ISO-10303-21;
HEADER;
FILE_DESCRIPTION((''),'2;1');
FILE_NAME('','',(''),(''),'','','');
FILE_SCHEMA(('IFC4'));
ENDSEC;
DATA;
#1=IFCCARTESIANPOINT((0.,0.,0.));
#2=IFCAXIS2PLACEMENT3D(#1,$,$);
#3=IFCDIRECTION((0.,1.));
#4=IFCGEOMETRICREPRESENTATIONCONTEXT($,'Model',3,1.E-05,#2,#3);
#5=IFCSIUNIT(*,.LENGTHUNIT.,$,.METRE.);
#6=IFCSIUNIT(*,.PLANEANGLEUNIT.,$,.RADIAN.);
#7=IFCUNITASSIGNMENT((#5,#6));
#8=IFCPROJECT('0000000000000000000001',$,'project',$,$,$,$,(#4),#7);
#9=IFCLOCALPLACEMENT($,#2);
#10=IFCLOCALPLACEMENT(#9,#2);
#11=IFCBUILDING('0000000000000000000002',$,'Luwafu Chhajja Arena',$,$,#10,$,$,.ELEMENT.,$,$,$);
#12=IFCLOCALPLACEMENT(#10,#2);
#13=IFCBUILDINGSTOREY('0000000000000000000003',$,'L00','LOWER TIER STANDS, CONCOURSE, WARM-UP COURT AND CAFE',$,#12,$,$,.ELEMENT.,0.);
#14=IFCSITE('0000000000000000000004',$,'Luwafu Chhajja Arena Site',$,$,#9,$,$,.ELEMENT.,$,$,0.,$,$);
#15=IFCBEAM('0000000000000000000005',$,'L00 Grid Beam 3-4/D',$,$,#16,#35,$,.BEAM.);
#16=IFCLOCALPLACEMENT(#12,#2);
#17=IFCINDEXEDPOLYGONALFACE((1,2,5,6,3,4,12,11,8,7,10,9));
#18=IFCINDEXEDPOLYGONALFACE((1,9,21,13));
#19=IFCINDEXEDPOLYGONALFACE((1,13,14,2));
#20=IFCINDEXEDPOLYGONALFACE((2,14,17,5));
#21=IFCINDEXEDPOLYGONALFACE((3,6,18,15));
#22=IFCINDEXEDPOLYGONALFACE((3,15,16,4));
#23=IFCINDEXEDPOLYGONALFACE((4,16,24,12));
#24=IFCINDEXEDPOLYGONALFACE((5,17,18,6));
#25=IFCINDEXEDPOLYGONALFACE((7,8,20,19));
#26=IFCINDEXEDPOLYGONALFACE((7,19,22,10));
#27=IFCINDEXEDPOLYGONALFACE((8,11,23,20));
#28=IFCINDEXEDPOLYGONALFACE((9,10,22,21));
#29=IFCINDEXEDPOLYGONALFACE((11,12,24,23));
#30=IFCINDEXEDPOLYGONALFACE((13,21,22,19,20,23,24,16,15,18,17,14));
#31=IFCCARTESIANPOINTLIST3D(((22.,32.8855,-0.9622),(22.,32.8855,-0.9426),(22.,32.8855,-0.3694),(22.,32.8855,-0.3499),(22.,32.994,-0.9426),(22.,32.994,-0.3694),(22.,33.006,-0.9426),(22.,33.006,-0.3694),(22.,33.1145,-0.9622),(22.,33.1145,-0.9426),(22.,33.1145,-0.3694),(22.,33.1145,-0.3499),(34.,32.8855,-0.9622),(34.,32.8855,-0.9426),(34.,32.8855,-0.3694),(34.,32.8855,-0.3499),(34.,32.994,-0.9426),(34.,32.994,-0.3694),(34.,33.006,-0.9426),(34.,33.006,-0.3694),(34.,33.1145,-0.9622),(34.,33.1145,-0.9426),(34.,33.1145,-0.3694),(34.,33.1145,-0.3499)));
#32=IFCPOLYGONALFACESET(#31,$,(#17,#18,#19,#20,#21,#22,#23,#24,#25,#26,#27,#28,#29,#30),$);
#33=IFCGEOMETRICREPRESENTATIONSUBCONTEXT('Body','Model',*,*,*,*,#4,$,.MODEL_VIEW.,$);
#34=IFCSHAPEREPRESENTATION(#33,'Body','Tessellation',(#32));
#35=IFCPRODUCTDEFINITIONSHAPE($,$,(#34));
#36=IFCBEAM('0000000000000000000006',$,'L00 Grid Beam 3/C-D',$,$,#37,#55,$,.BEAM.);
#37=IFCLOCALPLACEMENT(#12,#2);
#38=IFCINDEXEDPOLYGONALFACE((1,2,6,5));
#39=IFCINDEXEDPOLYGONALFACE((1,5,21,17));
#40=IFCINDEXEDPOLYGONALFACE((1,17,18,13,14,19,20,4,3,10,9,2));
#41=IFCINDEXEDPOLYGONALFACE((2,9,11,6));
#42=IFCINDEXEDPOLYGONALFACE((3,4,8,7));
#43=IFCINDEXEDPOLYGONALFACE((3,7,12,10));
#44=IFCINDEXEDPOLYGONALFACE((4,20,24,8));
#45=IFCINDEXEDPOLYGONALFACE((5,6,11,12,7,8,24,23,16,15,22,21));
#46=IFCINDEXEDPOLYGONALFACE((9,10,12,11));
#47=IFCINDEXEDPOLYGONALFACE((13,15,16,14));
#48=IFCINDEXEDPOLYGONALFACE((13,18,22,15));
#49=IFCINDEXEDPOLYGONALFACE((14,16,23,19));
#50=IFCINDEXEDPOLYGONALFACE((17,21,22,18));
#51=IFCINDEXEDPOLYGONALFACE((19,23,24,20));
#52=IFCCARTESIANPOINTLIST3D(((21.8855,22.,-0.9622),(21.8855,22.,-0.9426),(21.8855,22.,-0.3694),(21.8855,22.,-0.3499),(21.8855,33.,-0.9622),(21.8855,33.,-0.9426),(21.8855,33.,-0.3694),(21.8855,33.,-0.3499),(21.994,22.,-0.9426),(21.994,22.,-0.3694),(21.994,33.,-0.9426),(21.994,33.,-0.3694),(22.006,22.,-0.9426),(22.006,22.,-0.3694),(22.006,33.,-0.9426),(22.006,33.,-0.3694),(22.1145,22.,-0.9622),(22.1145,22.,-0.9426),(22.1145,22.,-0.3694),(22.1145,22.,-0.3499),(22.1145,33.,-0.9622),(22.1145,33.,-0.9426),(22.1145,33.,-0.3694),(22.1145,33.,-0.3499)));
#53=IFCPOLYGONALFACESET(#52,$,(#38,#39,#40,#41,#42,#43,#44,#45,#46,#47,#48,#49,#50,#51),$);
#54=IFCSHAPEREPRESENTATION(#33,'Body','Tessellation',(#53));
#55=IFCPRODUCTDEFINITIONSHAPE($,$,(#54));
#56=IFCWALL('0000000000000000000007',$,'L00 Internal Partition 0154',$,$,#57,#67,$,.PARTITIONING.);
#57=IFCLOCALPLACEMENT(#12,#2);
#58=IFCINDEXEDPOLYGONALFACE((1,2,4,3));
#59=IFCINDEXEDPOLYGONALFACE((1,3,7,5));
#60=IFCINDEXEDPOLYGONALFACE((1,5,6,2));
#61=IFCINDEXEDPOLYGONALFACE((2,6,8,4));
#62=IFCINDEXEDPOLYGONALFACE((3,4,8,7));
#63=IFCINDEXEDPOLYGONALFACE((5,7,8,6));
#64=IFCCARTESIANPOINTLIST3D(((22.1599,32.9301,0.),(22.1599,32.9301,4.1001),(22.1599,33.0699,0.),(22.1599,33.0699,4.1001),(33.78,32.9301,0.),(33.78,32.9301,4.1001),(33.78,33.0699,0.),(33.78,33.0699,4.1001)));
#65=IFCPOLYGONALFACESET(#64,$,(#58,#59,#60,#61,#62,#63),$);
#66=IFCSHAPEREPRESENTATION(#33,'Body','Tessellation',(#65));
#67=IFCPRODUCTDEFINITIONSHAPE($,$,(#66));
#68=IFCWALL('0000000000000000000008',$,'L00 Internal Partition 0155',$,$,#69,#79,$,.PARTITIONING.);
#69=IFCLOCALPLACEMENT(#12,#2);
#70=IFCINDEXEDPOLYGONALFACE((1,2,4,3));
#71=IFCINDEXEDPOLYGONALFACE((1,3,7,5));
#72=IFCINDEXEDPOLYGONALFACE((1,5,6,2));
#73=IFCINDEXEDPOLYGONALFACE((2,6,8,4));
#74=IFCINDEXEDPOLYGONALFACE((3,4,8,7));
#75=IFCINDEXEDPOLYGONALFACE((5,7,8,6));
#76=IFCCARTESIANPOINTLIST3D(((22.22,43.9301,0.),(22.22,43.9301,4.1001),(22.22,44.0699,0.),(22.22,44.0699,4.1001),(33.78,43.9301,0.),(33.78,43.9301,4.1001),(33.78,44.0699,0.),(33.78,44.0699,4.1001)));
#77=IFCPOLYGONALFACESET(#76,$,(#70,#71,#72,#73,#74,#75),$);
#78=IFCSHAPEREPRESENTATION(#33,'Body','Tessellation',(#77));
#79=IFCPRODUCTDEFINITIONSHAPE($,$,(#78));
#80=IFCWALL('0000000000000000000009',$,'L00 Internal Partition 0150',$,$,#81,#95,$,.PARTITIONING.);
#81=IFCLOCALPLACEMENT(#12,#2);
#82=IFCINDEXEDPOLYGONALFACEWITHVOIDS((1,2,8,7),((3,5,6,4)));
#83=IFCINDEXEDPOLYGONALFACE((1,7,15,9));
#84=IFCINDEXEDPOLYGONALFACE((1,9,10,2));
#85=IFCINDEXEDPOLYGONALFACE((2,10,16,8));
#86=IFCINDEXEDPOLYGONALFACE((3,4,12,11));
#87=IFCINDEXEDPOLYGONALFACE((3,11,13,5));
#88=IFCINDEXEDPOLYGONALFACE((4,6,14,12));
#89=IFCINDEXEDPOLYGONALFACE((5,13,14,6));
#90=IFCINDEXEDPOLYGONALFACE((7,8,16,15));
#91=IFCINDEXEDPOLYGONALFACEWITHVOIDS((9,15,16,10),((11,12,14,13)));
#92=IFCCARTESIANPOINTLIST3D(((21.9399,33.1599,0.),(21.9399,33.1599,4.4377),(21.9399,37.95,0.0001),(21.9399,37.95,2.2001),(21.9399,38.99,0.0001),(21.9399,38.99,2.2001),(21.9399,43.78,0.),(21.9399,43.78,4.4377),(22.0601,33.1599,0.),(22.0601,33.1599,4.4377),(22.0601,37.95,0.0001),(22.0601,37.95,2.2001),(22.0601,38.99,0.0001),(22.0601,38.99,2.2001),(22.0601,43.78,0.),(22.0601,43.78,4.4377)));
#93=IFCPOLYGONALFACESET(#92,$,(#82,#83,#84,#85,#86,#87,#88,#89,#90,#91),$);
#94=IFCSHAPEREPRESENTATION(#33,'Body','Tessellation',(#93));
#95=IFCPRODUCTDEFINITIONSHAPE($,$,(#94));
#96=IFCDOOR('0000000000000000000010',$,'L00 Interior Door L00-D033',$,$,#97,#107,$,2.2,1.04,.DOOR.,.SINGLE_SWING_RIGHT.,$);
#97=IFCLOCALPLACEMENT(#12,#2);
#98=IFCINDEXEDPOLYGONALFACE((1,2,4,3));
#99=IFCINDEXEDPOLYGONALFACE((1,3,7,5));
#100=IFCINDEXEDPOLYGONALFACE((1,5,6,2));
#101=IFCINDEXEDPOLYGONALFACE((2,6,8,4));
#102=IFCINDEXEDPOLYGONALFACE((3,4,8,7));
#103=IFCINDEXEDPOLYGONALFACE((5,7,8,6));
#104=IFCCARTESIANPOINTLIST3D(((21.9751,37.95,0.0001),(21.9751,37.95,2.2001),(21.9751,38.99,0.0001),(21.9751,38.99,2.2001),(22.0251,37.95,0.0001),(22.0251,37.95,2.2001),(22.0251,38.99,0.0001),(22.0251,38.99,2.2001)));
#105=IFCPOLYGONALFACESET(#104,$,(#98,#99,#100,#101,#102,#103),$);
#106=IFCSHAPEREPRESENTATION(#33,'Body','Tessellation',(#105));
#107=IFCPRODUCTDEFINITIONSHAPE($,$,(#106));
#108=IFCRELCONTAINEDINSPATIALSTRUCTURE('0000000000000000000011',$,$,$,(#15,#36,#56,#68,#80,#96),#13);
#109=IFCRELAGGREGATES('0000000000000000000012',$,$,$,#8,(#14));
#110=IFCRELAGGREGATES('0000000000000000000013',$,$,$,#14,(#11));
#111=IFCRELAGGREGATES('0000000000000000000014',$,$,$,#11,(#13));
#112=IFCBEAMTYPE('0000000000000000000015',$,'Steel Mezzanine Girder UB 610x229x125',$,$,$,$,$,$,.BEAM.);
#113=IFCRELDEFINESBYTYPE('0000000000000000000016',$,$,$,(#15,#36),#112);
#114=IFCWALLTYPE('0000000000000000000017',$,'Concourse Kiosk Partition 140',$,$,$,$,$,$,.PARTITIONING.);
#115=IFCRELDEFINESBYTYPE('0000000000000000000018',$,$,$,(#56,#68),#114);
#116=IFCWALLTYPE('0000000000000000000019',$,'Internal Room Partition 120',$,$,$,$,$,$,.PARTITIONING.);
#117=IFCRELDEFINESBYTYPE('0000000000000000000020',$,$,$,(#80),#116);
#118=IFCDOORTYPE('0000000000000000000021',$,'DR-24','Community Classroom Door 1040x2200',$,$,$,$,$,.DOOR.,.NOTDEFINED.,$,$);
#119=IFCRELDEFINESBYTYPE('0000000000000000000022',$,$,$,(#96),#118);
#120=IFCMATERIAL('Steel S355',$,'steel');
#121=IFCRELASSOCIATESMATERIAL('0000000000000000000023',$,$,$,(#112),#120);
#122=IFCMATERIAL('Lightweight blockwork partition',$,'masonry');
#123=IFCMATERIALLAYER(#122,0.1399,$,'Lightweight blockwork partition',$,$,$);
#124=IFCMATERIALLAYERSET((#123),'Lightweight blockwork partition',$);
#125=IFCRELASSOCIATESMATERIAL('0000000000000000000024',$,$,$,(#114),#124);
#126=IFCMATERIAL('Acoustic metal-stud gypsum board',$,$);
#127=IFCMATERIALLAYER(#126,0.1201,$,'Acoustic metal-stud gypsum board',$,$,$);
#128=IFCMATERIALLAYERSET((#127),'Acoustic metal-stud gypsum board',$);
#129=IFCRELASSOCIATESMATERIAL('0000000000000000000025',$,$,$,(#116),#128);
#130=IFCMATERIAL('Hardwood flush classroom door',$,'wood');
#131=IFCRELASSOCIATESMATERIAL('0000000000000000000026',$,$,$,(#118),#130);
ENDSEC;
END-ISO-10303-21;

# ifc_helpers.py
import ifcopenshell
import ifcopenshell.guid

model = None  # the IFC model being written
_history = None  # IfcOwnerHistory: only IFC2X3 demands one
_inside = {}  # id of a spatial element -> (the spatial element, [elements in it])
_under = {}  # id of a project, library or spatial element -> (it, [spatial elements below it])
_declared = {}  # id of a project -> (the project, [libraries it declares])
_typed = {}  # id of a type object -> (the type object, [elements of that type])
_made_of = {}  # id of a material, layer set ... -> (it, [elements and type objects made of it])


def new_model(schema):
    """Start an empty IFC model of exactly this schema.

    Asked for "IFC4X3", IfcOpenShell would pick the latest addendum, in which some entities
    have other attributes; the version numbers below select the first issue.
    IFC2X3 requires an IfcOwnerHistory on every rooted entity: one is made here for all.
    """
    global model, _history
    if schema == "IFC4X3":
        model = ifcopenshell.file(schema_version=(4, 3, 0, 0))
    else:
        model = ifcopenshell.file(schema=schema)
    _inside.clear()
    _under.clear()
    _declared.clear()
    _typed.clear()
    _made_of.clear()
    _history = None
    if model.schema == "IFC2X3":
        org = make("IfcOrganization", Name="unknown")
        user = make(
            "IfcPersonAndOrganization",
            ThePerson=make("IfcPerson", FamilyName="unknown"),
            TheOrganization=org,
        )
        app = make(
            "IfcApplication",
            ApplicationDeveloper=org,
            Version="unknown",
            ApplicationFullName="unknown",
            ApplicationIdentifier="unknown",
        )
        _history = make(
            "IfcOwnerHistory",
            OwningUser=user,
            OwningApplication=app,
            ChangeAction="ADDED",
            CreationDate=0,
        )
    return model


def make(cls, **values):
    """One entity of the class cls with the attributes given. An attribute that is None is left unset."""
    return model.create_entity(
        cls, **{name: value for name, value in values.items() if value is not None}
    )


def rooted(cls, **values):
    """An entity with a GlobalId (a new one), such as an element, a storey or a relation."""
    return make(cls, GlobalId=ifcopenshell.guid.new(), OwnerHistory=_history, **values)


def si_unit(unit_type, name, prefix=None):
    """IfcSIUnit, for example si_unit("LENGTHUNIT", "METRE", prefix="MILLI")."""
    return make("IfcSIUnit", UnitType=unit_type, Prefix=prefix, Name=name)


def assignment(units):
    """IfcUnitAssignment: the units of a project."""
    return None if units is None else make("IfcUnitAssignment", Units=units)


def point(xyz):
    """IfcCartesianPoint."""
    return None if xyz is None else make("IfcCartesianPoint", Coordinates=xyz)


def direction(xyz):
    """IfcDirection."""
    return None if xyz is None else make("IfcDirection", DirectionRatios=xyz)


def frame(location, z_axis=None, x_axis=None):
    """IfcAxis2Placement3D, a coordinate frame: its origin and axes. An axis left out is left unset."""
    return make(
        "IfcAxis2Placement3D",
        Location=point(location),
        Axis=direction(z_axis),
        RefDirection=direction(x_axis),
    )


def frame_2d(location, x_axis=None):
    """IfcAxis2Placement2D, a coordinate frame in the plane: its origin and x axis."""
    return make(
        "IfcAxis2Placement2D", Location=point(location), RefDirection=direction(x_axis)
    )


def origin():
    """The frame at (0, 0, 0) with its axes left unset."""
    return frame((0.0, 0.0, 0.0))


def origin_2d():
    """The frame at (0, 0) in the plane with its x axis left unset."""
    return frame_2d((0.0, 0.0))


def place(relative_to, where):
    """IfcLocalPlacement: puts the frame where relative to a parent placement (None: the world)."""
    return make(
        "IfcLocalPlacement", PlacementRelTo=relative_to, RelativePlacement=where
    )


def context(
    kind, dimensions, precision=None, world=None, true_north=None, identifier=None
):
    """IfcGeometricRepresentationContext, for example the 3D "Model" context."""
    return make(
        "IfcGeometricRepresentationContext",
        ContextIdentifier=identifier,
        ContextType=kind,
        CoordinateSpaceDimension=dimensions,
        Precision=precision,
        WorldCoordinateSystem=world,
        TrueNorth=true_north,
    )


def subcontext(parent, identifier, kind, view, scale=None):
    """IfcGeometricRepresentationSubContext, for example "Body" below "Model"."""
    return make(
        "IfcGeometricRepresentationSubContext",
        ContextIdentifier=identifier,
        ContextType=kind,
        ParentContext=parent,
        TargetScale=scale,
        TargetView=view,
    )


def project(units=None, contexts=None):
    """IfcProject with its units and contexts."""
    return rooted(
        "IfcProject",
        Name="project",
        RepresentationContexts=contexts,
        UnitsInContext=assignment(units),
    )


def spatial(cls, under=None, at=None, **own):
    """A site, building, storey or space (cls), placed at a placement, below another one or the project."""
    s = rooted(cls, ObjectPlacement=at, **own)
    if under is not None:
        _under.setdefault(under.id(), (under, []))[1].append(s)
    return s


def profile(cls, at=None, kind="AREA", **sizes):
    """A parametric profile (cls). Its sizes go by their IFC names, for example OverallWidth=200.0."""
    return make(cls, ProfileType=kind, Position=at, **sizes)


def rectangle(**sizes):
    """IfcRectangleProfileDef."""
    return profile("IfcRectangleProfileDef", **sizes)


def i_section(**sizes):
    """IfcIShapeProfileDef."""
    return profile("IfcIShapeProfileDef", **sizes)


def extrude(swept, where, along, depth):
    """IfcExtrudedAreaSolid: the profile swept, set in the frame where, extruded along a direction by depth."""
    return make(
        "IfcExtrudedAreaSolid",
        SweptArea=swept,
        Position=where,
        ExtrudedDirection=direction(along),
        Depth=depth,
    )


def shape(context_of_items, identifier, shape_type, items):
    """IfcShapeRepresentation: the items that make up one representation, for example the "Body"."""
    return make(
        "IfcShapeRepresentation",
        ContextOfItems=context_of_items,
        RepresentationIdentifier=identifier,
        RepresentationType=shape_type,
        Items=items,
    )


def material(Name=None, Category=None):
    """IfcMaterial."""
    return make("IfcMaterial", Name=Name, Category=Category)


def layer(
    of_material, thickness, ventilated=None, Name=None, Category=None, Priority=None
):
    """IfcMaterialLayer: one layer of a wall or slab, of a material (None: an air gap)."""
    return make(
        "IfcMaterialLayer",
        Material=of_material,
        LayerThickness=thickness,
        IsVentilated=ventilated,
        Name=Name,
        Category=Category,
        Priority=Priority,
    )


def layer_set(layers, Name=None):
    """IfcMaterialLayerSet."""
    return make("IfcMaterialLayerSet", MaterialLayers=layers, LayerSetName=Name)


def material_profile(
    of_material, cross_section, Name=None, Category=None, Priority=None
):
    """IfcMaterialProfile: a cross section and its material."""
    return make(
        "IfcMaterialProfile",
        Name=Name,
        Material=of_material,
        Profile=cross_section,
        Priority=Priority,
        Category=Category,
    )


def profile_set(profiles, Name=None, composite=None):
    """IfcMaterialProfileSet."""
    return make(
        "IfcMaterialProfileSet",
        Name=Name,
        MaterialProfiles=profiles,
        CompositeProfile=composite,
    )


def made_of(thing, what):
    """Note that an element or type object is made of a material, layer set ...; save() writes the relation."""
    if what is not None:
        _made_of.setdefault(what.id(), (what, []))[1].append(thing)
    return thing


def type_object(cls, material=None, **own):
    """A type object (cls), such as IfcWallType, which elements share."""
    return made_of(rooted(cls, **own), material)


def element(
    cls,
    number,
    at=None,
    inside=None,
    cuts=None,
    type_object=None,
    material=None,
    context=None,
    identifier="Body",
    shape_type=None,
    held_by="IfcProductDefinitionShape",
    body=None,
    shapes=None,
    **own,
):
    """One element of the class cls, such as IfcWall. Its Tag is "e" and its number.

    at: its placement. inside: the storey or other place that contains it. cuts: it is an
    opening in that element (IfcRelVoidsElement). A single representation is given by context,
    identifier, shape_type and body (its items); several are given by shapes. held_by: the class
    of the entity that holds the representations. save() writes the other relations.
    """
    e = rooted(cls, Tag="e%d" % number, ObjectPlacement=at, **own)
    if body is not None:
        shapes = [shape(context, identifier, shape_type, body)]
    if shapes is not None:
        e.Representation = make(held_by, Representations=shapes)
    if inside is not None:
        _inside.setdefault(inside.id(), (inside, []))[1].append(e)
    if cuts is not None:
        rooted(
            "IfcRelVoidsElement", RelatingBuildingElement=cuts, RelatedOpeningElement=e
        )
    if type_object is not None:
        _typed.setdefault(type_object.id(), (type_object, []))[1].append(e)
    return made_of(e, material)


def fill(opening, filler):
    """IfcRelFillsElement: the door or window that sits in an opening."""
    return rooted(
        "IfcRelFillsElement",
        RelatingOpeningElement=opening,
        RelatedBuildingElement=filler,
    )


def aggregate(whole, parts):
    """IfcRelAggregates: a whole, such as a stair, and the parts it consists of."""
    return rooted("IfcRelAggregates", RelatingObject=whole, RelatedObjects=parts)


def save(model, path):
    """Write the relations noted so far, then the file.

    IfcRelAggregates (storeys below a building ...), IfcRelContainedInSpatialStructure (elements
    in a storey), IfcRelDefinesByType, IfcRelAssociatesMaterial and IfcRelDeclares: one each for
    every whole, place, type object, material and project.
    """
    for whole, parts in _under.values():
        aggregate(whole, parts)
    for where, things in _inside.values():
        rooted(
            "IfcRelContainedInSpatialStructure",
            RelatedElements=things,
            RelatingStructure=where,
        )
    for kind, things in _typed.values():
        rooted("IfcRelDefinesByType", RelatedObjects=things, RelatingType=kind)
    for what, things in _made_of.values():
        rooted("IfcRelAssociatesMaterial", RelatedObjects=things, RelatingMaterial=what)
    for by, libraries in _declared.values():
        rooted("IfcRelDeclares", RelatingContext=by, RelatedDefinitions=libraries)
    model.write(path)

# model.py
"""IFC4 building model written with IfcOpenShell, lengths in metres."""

from ifc_helpers import new_model, si_unit, direction, frame, frame_2d, origin, origin_2d, place, context, subcontext, project, spatial, rectangle, i_section, extrude, material, layer, layer_set, material_profile, profile_set, type_object, element, fill, save


model = new_model("IFC4")

# Units and contexts
model_context = context("Model", 3, precision=1e-05, world=origin(), true_north=direction((0.0, 1.0)))
body_context = subcontext(model_context, "Body", "Model", "MODEL_VIEW")
ifc_project = project(units=[si_unit("LENGTHUNIT", "METRE"), si_unit("PLANEANGLEUNIT", "RADIAN")], contexts=[model_context])

# Site, building, storey
site_placement = place(None, origin())
site = spatial("IfcSite", under=ifc_project, at=site_placement, Name="Luwafu Chhajja Arena Site", CompositionType="ELEMENT", RefElevation=0.0)
building_placement = place(site_placement, origin())
building = spatial("IfcBuilding", under=site, at=building_placement, Name="Luwafu Chhajja Arena", CompositionType="ELEMENT")
storey_placement = place(building_placement, origin())
storey = spatial("IfcBuildingStorey", under=building, at=storey_placement, Name="L00", Description="LOWER TIER STANDS, CONCOURSE, WARM-UP COURT AND CAFE", CompositionType="ELEMENT", Elevation=0.0)

# Shared definitions
ifc_material_1 = material(Name="Steel S355", Category="steel")

# Beams
ifc_material_profile_1 = material_profile(ifc_material_1, i_section(OverallWidth=0.229, OverallDepth=0.6123, WebThickness=0.012, FlangeThickness=0.0195, at=origin_2d()), Name="UB 610x229x125")
ifc_profile_set_1 = profile_set([ifc_material_profile_1], Name="Steel S355")
beam_type_1 = type_object("IfcBeamType", Name="Steel Mezzanine Girder UB 610x229x125", PredefinedType="BEAM", material=ifc_profile_set_1)
beam_1_placement = place(storey_placement, frame((22.0, 33.0, -0.656), z_axis=(1.0, 0.0, 0.0), x_axis=(0.0, 1.0, 0.0)))
element("IfcBeam", 1, at=beam_1_placement, inside=storey, type_object=beam_type_1, Name="L00 Grid Beam 3-4/D", PredefinedType="BEAM", context=body_context, shape_type="SweptSolid", body=[
    extrude(i_section(OverallWidth=0.229, OverallDepth=0.6123, WebThickness=0.012, FlangeThickness=0.0195, at=origin_2d()), origin(), (0.0, 0.0, 1.0), 12.0),
])
beam_2_placement = place(storey_placement, frame((22.0, 22.0, -0.656), z_axis=(0.0, 1.0, 0.0), x_axis=(-1.0, 0.0, 0.0)))
element("IfcBeam", 2, at=beam_2_placement, inside=storey, type_object=beam_type_1, Name="L00 Grid Beam 3/C-D", PredefinedType="BEAM", context=body_context, shape_type="SweptSolid", body=[
    extrude(i_section(OverallWidth=0.229, OverallDepth=0.6123, WebThickness=0.012, FlangeThickness=0.0195, at=origin_2d()), origin(), (0.0, 0.0, 1.0), 11.0),
])

# Walls
ifc_material_2 = material(Name="Lightweight blockwork partition", Category="masonry")
ifc_layer_1 = layer(ifc_material_2, 0.1399, Name="Lightweight blockwork partition")
ifc_layer_set_1 = layer_set([ifc_layer_1], Name="Lightweight blockwork partition")
wall_type_1 = type_object("IfcWallType", Name="Concourse Kiosk Partition 140", PredefinedType="PARTITIONING", material=ifc_layer_set_1)
wall_1_placement = place(storey_placement, frame((22.1599, 33.0, 0.0), z_axis=(0.0, 0.0, 1.0), x_axis=(1.0, 0.0, 0.0)))
element("IfcWall", 3, at=wall_1_placement, inside=storey, type_object=wall_type_1, Name="L00 Internal Partition 0154", PredefinedType="PARTITIONING", context=body_context, shape_type="SweptSolid", body=[
    extrude(rectangle(XDim=11.6201, YDim=0.1399, at=frame_2d((5.8101, 0.0))), origin(), (0.0, 0.0, 1.0), 4.1001),
])
wall_2_placement = place(storey_placement, frame((22.22, 44.0, 0.0), z_axis=(0.0, 0.0, 1.0), x_axis=(1.0, 0.0, 0.0)))
element("IfcWall", 4, at=wall_2_placement, inside=storey, type_object=wall_type_1, Name="L00 Internal Partition 0155", PredefinedType="PARTITIONING", context=body_context, shape_type="SweptSolid", body=[
    extrude(rectangle(XDim=11.5601, YDim=0.1399, at=frame_2d((5.78, 0.0))), origin(), (0.0, 0.0, 1.0), 4.1001),
])

# Wall, opening, door
ifc_material_3 = material(Name="Acoustic metal-stud gypsum board")
ifc_layer_2 = layer(ifc_material_3, 0.1201, Name="Acoustic metal-stud gypsum board")
ifc_layer_set_2 = layer_set([ifc_layer_2], Name="Acoustic metal-stud gypsum board")
wall_type_2 = type_object("IfcWallType", Name="Internal Room Partition 120", PredefinedType="PARTITIONING", material=ifc_layer_set_2)
wall_3_placement = place(storey_placement, frame((22.0, 33.1599, 0.0), z_axis=(0.0, 0.0, 1.0), x_axis=(0.0, 1.0, 0.0)))
wall_3 = element("IfcWall", 5, at=wall_3_placement, inside=storey, type_object=wall_type_2, Name="L00 Internal Partition 0150", PredefinedType="PARTITIONING", context=body_context, shape_type="SweptSolid", body=[
    extrude(rectangle(XDim=10.6201, YDim=0.1201, at=frame_2d((5.3101, 0.0))), origin(), (0.0, 0.0, 1.0), 4.4377),
])
opening_placement = place(wall_3_placement, frame((4.79, 0.0, 0.0)))
opening = element("IfcOpeningElement", 6, at=opening_placement, cuts=wall_3, PredefinedType="OPENING", context=body_context, shape_type="SweptSolid", body=[
    extrude(rectangle(XDim=1.04, YDim=2.2, at=frame_2d((0.52, 1.1001))), frame((0.0, 0.0701, 0.0), z_axis=(0.0, -1.0, 0.0), x_axis=(1.0, 0.0, 0.0)), (0.0, 0.0, 1.0), 0.1401),
])
ifc_material_4 = material(Name="Hardwood flush classroom door", Category="wood")
door_type = type_object("IfcDoorType", Name="DR-24", Description="Community Classroom Door 1040x2200", OperationType="NOTDEFINED", PredefinedType="DOOR", material=ifc_material_4)
door_placement = place(opening_placement, origin())
door = element("IfcDoor", 7, at=door_placement, inside=storey, type_object=door_type, Name="L00 Interior Door L00-D033", OperationType="SINGLE_SWING_RIGHT", OverallHeight=2.2, OverallWidth=1.04, PredefinedType="DOOR", context=body_context, shape_type="SweptSolid", body=[
    extrude(rectangle(XDim=1.04, YDim=2.2, at=frame_2d((0.52, 1.1001))), frame((0.0, 0.0249, 0.0), z_axis=(0.0, -1.0, 0.0), x_axis=(1.0, 0.0, 0.0)), (0.0, 0.0, 1.0), 0.05),
])
fill(opening, door)

save(model, "model.ifc")
